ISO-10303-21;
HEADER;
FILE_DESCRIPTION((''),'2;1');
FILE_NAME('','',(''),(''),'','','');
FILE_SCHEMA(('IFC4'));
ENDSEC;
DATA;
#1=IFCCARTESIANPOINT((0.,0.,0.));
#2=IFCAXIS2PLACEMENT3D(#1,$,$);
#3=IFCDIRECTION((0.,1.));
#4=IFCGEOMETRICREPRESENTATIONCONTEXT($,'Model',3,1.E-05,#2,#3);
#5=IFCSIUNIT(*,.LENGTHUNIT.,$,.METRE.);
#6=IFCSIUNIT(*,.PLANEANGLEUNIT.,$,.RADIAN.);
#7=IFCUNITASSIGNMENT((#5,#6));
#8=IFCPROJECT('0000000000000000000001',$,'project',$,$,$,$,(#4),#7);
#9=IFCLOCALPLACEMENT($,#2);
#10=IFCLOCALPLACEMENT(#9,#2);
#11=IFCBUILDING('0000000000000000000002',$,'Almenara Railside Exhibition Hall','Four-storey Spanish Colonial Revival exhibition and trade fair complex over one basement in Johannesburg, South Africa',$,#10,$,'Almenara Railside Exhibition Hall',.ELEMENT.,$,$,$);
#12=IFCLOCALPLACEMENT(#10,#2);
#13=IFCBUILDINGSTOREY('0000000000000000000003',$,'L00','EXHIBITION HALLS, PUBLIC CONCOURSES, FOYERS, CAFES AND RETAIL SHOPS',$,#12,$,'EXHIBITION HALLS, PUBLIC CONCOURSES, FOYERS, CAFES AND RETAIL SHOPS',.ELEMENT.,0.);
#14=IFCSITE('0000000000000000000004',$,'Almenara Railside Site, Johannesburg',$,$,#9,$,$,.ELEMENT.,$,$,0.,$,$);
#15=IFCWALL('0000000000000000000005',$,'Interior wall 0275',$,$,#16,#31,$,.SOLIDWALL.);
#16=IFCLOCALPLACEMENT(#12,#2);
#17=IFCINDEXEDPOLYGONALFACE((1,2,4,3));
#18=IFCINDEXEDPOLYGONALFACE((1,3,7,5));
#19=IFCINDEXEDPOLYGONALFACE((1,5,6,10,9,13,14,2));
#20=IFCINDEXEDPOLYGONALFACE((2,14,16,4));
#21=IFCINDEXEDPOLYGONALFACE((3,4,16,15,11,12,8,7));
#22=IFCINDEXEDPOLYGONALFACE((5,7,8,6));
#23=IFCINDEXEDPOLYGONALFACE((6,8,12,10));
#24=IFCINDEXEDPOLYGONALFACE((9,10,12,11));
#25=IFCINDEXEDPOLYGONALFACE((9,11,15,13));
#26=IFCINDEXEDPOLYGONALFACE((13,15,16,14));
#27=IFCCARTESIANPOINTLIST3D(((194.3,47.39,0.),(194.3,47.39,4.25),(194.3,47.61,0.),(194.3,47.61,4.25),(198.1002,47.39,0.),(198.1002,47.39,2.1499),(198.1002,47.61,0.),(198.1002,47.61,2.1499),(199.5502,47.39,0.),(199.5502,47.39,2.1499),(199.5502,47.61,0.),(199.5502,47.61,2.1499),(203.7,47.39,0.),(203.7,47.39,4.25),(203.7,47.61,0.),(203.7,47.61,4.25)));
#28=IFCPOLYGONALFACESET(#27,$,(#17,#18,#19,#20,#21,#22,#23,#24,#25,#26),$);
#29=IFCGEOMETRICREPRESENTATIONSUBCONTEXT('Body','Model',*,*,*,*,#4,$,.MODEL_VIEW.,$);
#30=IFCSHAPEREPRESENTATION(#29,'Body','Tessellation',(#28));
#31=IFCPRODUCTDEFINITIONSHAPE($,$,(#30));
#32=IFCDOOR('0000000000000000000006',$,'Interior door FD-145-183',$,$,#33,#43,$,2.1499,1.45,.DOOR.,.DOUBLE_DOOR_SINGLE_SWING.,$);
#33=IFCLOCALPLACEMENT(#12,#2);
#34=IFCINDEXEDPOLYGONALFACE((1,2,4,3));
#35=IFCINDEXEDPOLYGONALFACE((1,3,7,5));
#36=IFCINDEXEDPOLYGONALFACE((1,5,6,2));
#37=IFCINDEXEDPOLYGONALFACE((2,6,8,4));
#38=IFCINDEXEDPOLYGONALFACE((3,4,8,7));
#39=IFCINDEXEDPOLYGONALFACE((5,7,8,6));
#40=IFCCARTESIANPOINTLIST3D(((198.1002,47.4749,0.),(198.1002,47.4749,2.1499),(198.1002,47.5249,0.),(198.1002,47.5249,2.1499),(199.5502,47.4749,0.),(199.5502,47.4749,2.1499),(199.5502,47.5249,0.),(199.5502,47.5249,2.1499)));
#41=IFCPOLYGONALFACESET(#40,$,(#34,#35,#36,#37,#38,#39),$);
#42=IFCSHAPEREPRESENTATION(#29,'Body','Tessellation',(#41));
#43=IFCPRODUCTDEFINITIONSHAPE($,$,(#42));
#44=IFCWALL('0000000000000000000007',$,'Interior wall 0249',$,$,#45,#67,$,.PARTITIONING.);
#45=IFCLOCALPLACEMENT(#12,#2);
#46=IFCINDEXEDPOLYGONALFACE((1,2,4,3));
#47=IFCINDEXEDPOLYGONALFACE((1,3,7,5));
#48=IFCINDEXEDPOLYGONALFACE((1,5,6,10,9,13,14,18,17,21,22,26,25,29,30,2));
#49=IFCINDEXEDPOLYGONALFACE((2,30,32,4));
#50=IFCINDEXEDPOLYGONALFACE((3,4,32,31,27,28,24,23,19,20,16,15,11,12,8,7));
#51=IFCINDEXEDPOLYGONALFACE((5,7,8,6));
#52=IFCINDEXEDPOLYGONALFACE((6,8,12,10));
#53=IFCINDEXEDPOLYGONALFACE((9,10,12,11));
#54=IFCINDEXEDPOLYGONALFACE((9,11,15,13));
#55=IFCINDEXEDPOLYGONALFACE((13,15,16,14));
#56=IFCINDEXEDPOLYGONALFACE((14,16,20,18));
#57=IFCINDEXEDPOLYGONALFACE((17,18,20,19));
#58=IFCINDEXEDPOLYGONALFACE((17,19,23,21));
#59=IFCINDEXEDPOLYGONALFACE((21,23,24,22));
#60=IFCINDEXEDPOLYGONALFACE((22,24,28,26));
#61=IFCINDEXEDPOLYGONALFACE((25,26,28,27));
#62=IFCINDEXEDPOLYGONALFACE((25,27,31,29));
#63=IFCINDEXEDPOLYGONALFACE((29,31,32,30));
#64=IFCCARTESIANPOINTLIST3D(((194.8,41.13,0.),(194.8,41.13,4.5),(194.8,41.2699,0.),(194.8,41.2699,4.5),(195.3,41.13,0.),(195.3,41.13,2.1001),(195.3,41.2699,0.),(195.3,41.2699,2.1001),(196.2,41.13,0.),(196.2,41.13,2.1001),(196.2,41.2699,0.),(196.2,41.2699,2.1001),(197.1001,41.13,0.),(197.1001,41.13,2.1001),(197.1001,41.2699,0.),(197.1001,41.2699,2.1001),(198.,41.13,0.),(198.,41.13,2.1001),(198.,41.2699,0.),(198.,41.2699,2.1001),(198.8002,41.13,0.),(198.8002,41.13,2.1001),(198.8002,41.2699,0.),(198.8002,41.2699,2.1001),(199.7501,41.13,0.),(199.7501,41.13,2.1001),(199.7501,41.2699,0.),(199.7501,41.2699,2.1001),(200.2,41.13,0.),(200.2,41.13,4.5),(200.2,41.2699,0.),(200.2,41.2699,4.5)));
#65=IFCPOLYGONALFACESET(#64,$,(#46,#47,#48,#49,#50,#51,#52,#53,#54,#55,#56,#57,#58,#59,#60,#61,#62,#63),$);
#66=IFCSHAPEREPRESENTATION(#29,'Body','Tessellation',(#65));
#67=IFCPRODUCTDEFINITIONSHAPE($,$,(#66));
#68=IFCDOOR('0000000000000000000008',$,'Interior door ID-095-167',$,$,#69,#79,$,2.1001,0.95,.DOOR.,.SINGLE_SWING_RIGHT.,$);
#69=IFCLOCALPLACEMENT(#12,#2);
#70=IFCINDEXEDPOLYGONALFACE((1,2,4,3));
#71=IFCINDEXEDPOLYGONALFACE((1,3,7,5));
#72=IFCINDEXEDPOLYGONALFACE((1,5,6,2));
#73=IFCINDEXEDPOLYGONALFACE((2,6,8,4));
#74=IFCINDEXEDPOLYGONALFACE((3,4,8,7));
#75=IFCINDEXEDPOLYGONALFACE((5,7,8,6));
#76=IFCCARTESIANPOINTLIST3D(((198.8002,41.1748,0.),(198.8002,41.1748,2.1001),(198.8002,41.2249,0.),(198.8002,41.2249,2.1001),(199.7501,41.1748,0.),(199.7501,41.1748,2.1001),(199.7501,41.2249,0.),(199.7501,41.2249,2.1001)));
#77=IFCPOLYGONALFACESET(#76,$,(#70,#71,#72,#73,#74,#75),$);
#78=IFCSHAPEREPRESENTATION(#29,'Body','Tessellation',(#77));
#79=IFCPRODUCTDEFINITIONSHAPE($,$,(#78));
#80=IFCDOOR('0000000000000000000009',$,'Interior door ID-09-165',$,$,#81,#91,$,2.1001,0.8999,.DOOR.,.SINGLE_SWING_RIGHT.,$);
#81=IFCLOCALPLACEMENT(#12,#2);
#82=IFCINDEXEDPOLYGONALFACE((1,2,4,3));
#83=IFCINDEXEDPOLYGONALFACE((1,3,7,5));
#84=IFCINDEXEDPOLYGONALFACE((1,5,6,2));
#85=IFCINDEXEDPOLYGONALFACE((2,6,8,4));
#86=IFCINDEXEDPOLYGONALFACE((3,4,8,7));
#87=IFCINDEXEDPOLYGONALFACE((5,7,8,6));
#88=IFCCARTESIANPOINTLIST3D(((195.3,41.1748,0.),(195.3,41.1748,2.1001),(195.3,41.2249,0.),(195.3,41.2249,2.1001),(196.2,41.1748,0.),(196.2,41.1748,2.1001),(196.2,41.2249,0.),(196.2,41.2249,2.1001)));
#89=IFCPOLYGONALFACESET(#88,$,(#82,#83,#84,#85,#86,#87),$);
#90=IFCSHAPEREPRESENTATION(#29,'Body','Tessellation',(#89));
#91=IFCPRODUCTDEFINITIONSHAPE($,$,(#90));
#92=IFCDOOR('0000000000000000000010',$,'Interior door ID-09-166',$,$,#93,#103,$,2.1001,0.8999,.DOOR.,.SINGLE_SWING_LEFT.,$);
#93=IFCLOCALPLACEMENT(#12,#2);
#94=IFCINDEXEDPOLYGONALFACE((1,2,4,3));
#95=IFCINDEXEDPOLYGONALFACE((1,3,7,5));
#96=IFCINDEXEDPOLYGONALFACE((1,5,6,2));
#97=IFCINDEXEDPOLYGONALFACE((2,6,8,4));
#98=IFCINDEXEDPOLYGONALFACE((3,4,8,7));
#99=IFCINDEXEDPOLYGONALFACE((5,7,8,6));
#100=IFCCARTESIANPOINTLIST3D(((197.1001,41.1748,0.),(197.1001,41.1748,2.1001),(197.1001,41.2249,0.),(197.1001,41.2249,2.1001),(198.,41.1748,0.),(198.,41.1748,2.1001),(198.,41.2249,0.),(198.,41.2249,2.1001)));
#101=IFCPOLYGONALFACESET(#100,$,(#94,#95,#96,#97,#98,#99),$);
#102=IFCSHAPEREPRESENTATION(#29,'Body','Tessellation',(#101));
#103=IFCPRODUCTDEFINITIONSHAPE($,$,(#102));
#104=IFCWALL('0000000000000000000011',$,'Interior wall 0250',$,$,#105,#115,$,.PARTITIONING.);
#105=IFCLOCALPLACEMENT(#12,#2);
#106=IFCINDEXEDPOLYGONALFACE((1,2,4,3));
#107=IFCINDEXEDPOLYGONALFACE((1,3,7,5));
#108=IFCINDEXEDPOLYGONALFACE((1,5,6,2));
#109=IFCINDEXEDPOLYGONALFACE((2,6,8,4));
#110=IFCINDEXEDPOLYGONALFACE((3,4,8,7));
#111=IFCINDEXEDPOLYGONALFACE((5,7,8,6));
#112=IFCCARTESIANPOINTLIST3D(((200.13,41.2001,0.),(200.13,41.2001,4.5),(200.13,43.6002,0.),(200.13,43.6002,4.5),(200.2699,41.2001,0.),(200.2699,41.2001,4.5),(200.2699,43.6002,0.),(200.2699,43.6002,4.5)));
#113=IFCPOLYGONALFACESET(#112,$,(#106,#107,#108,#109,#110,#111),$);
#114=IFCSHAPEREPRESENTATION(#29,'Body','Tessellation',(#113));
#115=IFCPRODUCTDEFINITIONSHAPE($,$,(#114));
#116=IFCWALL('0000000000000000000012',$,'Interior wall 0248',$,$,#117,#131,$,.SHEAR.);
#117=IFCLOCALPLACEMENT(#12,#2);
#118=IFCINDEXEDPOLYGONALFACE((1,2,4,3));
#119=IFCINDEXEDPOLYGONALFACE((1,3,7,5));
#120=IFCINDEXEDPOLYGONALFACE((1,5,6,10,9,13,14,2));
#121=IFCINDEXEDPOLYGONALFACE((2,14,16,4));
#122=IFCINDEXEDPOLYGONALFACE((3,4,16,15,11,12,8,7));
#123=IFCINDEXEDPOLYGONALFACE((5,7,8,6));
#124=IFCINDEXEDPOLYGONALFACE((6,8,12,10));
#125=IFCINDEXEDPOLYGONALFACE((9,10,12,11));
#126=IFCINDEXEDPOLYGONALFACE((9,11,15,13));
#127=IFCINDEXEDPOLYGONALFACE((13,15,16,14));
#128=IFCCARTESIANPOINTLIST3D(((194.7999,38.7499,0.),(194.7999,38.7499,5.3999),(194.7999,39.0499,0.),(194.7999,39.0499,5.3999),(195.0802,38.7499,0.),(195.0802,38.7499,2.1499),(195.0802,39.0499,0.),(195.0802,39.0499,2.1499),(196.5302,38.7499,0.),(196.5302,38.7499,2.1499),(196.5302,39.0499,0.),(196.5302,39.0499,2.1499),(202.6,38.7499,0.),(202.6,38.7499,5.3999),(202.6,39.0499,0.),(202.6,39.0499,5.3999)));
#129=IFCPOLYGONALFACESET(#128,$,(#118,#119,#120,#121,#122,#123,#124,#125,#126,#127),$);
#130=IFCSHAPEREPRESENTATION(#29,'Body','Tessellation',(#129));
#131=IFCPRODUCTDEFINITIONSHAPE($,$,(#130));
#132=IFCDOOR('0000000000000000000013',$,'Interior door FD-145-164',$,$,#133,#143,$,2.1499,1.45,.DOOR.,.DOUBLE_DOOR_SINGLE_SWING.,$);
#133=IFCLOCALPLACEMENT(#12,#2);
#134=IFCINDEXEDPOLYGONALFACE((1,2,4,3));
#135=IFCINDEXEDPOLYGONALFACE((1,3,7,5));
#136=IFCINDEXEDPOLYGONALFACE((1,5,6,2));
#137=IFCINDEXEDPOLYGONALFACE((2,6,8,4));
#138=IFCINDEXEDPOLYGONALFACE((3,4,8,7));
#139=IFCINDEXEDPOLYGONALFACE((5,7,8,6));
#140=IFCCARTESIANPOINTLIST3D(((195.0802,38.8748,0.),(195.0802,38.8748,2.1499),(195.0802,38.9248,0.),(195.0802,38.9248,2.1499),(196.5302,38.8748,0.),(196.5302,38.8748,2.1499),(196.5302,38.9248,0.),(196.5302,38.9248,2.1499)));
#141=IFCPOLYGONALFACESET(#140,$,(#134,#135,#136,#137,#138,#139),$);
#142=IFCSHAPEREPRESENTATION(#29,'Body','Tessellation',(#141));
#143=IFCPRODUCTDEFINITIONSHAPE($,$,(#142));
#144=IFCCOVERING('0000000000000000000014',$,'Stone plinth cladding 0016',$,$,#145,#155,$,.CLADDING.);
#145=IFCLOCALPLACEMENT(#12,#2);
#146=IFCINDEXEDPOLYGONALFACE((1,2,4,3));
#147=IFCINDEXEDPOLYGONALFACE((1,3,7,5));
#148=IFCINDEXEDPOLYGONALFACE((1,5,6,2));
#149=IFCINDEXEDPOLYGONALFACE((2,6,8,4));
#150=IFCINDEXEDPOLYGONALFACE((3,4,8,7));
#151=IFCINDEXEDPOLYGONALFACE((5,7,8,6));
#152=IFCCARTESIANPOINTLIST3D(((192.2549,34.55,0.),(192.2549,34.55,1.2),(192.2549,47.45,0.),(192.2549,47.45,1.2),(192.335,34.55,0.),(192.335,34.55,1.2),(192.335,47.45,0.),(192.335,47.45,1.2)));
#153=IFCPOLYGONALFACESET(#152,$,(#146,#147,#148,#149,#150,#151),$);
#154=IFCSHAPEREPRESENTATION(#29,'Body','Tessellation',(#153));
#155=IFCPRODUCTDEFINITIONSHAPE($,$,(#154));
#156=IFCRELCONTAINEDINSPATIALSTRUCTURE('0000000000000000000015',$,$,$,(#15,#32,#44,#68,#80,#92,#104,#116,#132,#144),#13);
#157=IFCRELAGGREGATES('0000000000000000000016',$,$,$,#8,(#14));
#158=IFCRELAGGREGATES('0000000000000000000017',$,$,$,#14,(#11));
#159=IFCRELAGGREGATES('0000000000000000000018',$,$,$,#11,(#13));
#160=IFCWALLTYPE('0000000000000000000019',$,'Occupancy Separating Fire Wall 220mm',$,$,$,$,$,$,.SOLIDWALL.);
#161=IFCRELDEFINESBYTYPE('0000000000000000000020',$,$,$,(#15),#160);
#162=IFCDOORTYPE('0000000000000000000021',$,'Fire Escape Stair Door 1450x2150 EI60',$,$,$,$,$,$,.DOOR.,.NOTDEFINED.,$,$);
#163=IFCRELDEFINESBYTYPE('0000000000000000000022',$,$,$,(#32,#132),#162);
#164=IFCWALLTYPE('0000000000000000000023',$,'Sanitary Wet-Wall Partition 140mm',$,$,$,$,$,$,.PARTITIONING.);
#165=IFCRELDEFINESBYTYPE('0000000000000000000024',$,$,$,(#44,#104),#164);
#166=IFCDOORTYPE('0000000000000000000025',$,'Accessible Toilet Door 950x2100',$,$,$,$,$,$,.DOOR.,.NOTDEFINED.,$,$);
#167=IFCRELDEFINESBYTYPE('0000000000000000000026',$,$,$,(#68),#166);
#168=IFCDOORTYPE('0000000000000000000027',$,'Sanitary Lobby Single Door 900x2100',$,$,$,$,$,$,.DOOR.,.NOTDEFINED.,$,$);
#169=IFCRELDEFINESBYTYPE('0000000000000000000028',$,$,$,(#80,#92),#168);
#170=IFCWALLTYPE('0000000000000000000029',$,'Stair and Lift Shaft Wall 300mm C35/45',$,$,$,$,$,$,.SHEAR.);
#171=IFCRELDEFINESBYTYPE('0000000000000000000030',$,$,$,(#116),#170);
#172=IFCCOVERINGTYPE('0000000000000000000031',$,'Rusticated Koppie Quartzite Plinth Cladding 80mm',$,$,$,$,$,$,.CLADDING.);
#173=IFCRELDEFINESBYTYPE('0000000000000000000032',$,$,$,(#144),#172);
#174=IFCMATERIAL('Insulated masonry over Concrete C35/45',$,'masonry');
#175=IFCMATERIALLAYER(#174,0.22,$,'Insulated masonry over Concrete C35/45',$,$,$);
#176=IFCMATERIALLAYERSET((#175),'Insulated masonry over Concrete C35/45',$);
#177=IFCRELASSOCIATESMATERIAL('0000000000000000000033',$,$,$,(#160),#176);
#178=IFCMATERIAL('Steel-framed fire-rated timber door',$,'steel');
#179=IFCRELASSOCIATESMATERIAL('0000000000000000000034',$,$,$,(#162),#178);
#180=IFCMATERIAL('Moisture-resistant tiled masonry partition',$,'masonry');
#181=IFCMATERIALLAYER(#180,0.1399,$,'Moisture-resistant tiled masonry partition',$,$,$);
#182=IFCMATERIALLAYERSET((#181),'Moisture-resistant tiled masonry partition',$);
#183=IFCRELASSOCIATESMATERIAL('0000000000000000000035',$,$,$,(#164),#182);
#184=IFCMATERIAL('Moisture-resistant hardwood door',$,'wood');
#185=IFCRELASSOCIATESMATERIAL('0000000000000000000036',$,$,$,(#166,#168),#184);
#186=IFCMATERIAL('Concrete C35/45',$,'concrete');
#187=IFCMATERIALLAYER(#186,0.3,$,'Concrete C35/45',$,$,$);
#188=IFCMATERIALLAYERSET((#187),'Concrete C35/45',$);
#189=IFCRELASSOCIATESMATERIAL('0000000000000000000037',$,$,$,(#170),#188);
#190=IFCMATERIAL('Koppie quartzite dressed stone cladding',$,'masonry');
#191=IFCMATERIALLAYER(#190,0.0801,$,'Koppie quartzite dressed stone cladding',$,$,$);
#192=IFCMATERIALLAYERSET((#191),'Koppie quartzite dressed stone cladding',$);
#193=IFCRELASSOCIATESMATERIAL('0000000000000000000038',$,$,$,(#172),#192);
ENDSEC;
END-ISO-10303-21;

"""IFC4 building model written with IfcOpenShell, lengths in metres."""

from ifc_helpers import new_model, si_unit, direction, frame, frame_2d, origin, origin_2d, place, context, subcontext, project, spatial, rectangle, extrude, material, layer, layer_set, type_object, element, fill, save


model = new_model("IFC4")

# Units and contexts
model_context = context("Model", 3, precision=1e-05, world=origin(), true_north=direction((0.0, 1.0)))
body_context = subcontext(model_context, "Body", "Model", "MODEL_VIEW")
ifc_project = project(units=[si_unit("LENGTHUNIT", "METRE"), si_unit("PLANEANGLEUNIT", "RADIAN")], contexts=[model_context])

# Site, building, storey
site_placement = place(None, origin())
site = spatial("IfcSite", under=ifc_project, at=site_placement, Name="Almenara Railside Site, Johannesburg", CompositionType="ELEMENT", RefElevation=0.0)
building_placement = place(site_placement, origin())
building = spatial("IfcBuilding", under=site, at=building_placement, Name="Almenara Railside Exhibition Hall", Description="Four-storey Spanish Colonial Revival exhibition and trade fair complex over one basement in Johannesburg, South Africa", LongName="Almenara Railside Exhibition Hall", CompositionType="ELEMENT")
storey_placement = place(building_placement, origin())
storey = spatial("IfcBuildingStorey", under=building, at=storey_placement, Name="L00", Description="EXHIBITION HALLS, PUBLIC CONCOURSES, FOYERS, CAFES AND RETAIL SHOPS", LongName="EXHIBITION HALLS, PUBLIC CONCOURSES, FOYERS, CAFES AND RETAIL SHOPS", CompositionType="ELEMENT", Elevation=0.0)

# Shared definitions
ifc_material_1 = material(Name="Concrete C35/45", Category="concrete")

# Wall, opening, door
ifc_material_2 = material(Name="Insulated masonry over Concrete C35/45", Category="masonry")
ifc_layer_1 = layer(ifc_material_2, 0.22, Name="Insulated masonry over Concrete C35/45")
ifc_layer_set_1 = layer_set([ifc_layer_1], Name="Insulated masonry over Concrete C35/45")
wall_type_1 = type_object("IfcWallType", Name="Occupancy Separating Fire Wall 220mm", PredefinedType="SOLIDWALL", material=ifc_layer_set_1)
wall_1_placement = place(storey_placement, frame((194.3, 47.5, 0.0), z_axis=(0.0, 0.0, 1.0), x_axis=(1.0, 0.0, 0.0)))
wall_1 = element("IfcWall", 1, at=wall_1_placement, inside=storey, type_object=wall_type_1, Name="Interior wall 0275", PredefinedType="SOLIDWALL", context=body_context, shape_type="SweptSolid", body=[
    extrude(rectangle(XDim=9.3999, YDim=0.22, at=frame_2d((4.7, 0.0))), origin(), (0.0, 0.0, 1.0), 4.25),
])
opening_1_placement = place(wall_1_placement, frame((3.8, 0.0, 0.0)))
opening_1 = element("IfcOpeningElement", 2, at=opening_1_placement, cuts=wall_1, PredefinedType="OPENING", context=body_context, shape_type="SweptSolid", body=[
    extrude(rectangle(XDim=1.45, YDim=2.1499, at=frame_2d((0.7251, 1.075))), frame((0.0, 0.1199, 0.0), z_axis=(0.0, -1.0, 0.0), x_axis=(1.0, 0.0, 0.0)), (0.0, 0.0, 1.0), 0.24),
])
ifc_material_3 = material(Name="Steel-framed fire-rated timber door", Category="steel")
door_type_1 = type_object("IfcDoorType", Name="Fire Escape Stair Door 1450x2150 EI60", OperationType="NOTDEFINED", PredefinedType="DOOR", material=ifc_material_3)
door_1_placement = place(opening_1_placement, origin())
door_1 = element("IfcDoor", 3, at=door_1_placement, inside=storey, type_object=door_type_1, Name="Interior door FD-145-183", OperationType="DOUBLE_DOOR_SINGLE_SWING", OverallHeight=2.1499, OverallWidth=1.45, PredefinedType="DOOR", context=body_context, shape_type="SweptSolid", body=[
    extrude(rectangle(XDim=1.45, YDim=2.1499, at=frame_2d((0.7251, 1.075))), frame((0.0, 0.0249, 0.0), z_axis=(0.0, -1.0, 0.0), x_axis=(1.0, 0.0, 0.0)), (0.0, 0.0, 1.0), 0.05),
])
fill(opening_1, door_1)

# Wall, openings, doors
ifc_material_4 = material(Name="Moisture-resistant tiled masonry partition", Category="masonry")
ifc_layer_2 = layer(ifc_material_4, 0.1399, Name="Moisture-resistant tiled masonry partition")
ifc_layer_set_2 = layer_set([ifc_layer_2], Name="Moisture-resistant tiled masonry partition")
wall_type_2 = type_object("IfcWallType", Name="Sanitary Wet-Wall Partition 140mm", PredefinedType="PARTITIONING", material=ifc_layer_set_2)
wall_2_placement = place(storey_placement, frame((194.8, 41.2, 0.0), z_axis=(0.0, 0.0, 1.0), x_axis=(1.0, 0.0, 0.0)))
wall_2 = element("IfcWall", 4, at=wall_2_placement, inside=storey, type_object=wall_type_2, Name="Interior wall 0249", PredefinedType="PARTITIONING", context=body_context, shape_type="SweptSolid", body=[
    extrude(rectangle(XDim=5.3999, YDim=0.1399, at=frame_2d((2.7, 0.0))), origin(), (0.0, 0.0, 1.0), 4.5),
])
opening_2_placement = place(wall_2_placement, frame((0.5, 0.0, 0.0)))
opening_2 = element("IfcOpeningElement", 5, at=opening_2_placement, cuts=wall_2, PredefinedType="OPENING", context=body_context, shape_type="SweptSolid", body=[
    extrude(rectangle(XDim=0.8999, YDim=2.1001, at=frame_2d((0.45, 1.05))), frame((0.0, 0.0798, 0.0), z_axis=(0.0, -1.0, 0.0), x_axis=(1.0, 0.0, 0.0)), (0.0, 0.0, 1.0), 0.1599),
])
opening_3_placement = place(wall_2_placement, frame((2.3, 0.0, 0.0)))
opening_3 = element("IfcOpeningElement", 6, at=opening_3_placement, cuts=wall_2, PredefinedType="OPENING", context=body_context, shape_type="SweptSolid", body=[
    extrude(rectangle(XDim=0.8999, YDim=2.1001, at=frame_2d((0.45, 1.05))), frame((0.0, 0.0798, 0.0), z_axis=(0.0, -1.0, 0.0), x_axis=(1.0, 0.0, 0.0)), (0.0, 0.0, 1.0), 0.1599),
])
opening_4_placement = place(wall_2_placement, frame((4.0, 0.0, 0.0)))
opening_4 = element("IfcOpeningElement", 7, at=opening_4_placement, cuts=wall_2, PredefinedType="OPENING", context=body_context, shape_type="SweptSolid", body=[
    extrude(rectangle(XDim=0.95, YDim=2.1001, at=frame_2d((0.4751, 1.05))), frame((0.0, 0.0798, 0.0), z_axis=(0.0, -1.0, 0.0), x_axis=(1.0, 0.0, 0.0)), (0.0, 0.0, 1.0), 0.1599),
])
ifc_material_5 = material(Name="Moisture-resistant hardwood door", Category="wood")
door_type_2 = type_object("IfcDoorType", Name="Accessible Toilet Door 950x2100", OperationType="NOTDEFINED", PredefinedType="DOOR", material=ifc_material_5)
door_2_placement = place(opening_4_placement, origin())
door_2 = element("IfcDoor", 8, at=door_2_placement, inside=storey, type_object=door_type_2, Name="Interior door ID-095-167", OperationType="SINGLE_SWING_RIGHT", OverallHeight=2.1001, OverallWidth=0.95, PredefinedType="DOOR", context=body_context, shape_type="SweptSolid", body=[
    extrude(rectangle(XDim=0.95, YDim=2.1001, at=frame_2d((0.4751, 1.05))), frame((0.0, 0.0249, 0.0), z_axis=(0.0, -1.0, 0.0), x_axis=(1.0, 0.0, 0.0)), (0.0, 0.0, 1.0), 0.05),
])
fill(opening_4, door_2)
door_type_3 = type_object("IfcDoorType", Name="Sanitary Lobby Single Door 900x2100", OperationType="NOTDEFINED", PredefinedType="DOOR", material=ifc_material_5)
door_3_placement = place(opening_2_placement, origin())
door_3 = element("IfcDoor", 9, at=door_3_placement, inside=storey, type_object=door_type_3, Name="Interior door ID-09-165", OperationType="SINGLE_SWING_RIGHT", OverallHeight=2.1001, OverallWidth=0.8999, PredefinedType="DOOR", context=body_context, shape_type="SweptSolid", body=[
    extrude(rectangle(XDim=0.8999, YDim=2.1001, at=frame_2d((0.45, 1.05))), frame((0.0, 0.0249, 0.0), z_axis=(0.0, -1.0, 0.0), x_axis=(1.0, 0.0, 0.0)), (0.0, 0.0, 1.0), 0.05),
])
fill(opening_2, door_3)
door_4_placement = place(opening_3_placement, origin())
door_4 = element("IfcDoor", 10, at=door_4_placement, inside=storey, type_object=door_type_3, Name="Interior door ID-09-166", OperationType="SINGLE_SWING_LEFT", OverallHeight=2.1001, OverallWidth=0.8999, PredefinedType="DOOR", context=body_context, shape_type="SweptSolid", body=[
    extrude(rectangle(XDim=0.8999, YDim=2.1001, at=frame_2d((0.45, 1.05))), frame((0.0, 0.0249, 0.0), z_axis=(0.0, -1.0, 0.0), x_axis=(1.0, 0.0, 0.0)), (0.0, 0.0, 1.0), 0.05),
])
fill(opening_3, door_4)

# Wall
wall_3_placement = place(storey_placement, frame((200.2, 41.2, 0.0), z_axis=(0.0, 0.0, 1.0), x_axis=(0.0, 1.0, 0.0)))
element("IfcWall", 11, at=wall_3_placement, inside=storey, type_object=wall_type_2, Name="Interior wall 0250", PredefinedType="PARTITIONING", context=body_context, shape_type="SweptSolid", body=[
    extrude(rectangle(XDim=2.4001, YDim=0.1399, at=frame_2d((1.2002, 0.0))), origin(), (0.0, 0.0, 1.0), 4.5),
])

# Wall, opening, door
ifc_layer_3 = layer(ifc_material_1, 0.3, Name="Concrete C35/45")
ifc_layer_set_3 = layer_set([ifc_layer_3], Name="Concrete C35/45")
wall_type_3 = type_object("IfcWallType", Name="Stair and Lift Shaft Wall 300mm C35/45", PredefinedType="SHEAR", material=ifc_layer_set_3)
wall_4_placement = place(storey_placement, frame((194.8, 38.8999, 0.0), z_axis=(0.0, 0.0, 1.0), x_axis=(1.0, 0.0, 0.0)))
wall_4 = element("IfcWall", 12, at=wall_4_placement, inside=storey, type_object=wall_type_3, Name="Interior wall 0248", PredefinedType="SHEAR", context=body_context, shape_type="SweptSolid", body=[
    extrude(rectangle(XDim=7.8, YDim=0.3, at=frame_2d((3.8999, 0.0))), origin(), (0.0, 0.0, 1.0), 5.3999),
])
opening_5_placement = place(wall_4_placement, frame((0.28, 0.0, 0.0)))
opening_5 = element("IfcOpeningElement", 13, at=opening_5_placement, cuts=wall_4, PredefinedType="OPENING", context=body_context, shape_type="SweptSolid", body=[
    extrude(rectangle(XDim=1.45, YDim=2.1499, at=frame_2d((0.7251, 1.075))), frame((0.0, 0.1599, 0.0), z_axis=(0.0, -1.0, 0.0), x_axis=(1.0, 0.0, 0.0)), (0.0, 0.0, 1.0), 0.3201),
])
door_5_placement = place(opening_5_placement, origin())
door_5 = element("IfcDoor", 14, at=door_5_placement, inside=storey, type_object=door_type_1, Name="Interior door FD-145-164", OperationType="DOUBLE_DOOR_SINGLE_SWING", OverallHeight=2.1499, OverallWidth=1.45, PredefinedType="DOOR", context=body_context, shape_type="SweptSolid", body=[
    extrude(rectangle(XDim=1.45, YDim=2.1499, at=frame_2d((0.7251, 1.075))), frame((0.0, 0.0249, 0.0), z_axis=(0.0, -1.0, 0.0), x_axis=(1.0, 0.0, 0.0)), (0.0, 0.0, 1.0), 0.05),
])
fill(opening_5, door_5)

# Covering
ifc_material_6 = material(Name="Koppie quartzite dressed stone cladding", Category="masonry")
ifc_layer_4 = layer(ifc_material_6, 0.0801, Name="Koppie quartzite dressed stone cladding")
ifc_layer_set_4 = layer_set([ifc_layer_4], Name="Koppie quartzite dressed stone cladding")
covering_type = type_object("IfcCoveringType", Name="Rusticated Koppie Quartzite Plinth Cladding 80mm", PredefinedType="CLADDING", material=ifc_layer_set_4)
covering_placement = place(storey_placement, frame((192.2949, 41.0, 0.0), z_axis=(0.0, 0.0, 1.0), x_axis=(0.0, 1.0, 0.0)))
element("IfcCovering", 15, at=covering_placement, inside=storey, type_object=covering_type, Name="Stone plinth cladding 0016", PredefinedType="CLADDING", context=body_context, shape_type="SweptSolid", body=[
    extrude(rectangle(XDim=12.8999, YDim=0.0801, at=origin_2d()), origin(), (0.0, 0.0, 1.0), 1.2),
])

save(model, "model.ifc")
